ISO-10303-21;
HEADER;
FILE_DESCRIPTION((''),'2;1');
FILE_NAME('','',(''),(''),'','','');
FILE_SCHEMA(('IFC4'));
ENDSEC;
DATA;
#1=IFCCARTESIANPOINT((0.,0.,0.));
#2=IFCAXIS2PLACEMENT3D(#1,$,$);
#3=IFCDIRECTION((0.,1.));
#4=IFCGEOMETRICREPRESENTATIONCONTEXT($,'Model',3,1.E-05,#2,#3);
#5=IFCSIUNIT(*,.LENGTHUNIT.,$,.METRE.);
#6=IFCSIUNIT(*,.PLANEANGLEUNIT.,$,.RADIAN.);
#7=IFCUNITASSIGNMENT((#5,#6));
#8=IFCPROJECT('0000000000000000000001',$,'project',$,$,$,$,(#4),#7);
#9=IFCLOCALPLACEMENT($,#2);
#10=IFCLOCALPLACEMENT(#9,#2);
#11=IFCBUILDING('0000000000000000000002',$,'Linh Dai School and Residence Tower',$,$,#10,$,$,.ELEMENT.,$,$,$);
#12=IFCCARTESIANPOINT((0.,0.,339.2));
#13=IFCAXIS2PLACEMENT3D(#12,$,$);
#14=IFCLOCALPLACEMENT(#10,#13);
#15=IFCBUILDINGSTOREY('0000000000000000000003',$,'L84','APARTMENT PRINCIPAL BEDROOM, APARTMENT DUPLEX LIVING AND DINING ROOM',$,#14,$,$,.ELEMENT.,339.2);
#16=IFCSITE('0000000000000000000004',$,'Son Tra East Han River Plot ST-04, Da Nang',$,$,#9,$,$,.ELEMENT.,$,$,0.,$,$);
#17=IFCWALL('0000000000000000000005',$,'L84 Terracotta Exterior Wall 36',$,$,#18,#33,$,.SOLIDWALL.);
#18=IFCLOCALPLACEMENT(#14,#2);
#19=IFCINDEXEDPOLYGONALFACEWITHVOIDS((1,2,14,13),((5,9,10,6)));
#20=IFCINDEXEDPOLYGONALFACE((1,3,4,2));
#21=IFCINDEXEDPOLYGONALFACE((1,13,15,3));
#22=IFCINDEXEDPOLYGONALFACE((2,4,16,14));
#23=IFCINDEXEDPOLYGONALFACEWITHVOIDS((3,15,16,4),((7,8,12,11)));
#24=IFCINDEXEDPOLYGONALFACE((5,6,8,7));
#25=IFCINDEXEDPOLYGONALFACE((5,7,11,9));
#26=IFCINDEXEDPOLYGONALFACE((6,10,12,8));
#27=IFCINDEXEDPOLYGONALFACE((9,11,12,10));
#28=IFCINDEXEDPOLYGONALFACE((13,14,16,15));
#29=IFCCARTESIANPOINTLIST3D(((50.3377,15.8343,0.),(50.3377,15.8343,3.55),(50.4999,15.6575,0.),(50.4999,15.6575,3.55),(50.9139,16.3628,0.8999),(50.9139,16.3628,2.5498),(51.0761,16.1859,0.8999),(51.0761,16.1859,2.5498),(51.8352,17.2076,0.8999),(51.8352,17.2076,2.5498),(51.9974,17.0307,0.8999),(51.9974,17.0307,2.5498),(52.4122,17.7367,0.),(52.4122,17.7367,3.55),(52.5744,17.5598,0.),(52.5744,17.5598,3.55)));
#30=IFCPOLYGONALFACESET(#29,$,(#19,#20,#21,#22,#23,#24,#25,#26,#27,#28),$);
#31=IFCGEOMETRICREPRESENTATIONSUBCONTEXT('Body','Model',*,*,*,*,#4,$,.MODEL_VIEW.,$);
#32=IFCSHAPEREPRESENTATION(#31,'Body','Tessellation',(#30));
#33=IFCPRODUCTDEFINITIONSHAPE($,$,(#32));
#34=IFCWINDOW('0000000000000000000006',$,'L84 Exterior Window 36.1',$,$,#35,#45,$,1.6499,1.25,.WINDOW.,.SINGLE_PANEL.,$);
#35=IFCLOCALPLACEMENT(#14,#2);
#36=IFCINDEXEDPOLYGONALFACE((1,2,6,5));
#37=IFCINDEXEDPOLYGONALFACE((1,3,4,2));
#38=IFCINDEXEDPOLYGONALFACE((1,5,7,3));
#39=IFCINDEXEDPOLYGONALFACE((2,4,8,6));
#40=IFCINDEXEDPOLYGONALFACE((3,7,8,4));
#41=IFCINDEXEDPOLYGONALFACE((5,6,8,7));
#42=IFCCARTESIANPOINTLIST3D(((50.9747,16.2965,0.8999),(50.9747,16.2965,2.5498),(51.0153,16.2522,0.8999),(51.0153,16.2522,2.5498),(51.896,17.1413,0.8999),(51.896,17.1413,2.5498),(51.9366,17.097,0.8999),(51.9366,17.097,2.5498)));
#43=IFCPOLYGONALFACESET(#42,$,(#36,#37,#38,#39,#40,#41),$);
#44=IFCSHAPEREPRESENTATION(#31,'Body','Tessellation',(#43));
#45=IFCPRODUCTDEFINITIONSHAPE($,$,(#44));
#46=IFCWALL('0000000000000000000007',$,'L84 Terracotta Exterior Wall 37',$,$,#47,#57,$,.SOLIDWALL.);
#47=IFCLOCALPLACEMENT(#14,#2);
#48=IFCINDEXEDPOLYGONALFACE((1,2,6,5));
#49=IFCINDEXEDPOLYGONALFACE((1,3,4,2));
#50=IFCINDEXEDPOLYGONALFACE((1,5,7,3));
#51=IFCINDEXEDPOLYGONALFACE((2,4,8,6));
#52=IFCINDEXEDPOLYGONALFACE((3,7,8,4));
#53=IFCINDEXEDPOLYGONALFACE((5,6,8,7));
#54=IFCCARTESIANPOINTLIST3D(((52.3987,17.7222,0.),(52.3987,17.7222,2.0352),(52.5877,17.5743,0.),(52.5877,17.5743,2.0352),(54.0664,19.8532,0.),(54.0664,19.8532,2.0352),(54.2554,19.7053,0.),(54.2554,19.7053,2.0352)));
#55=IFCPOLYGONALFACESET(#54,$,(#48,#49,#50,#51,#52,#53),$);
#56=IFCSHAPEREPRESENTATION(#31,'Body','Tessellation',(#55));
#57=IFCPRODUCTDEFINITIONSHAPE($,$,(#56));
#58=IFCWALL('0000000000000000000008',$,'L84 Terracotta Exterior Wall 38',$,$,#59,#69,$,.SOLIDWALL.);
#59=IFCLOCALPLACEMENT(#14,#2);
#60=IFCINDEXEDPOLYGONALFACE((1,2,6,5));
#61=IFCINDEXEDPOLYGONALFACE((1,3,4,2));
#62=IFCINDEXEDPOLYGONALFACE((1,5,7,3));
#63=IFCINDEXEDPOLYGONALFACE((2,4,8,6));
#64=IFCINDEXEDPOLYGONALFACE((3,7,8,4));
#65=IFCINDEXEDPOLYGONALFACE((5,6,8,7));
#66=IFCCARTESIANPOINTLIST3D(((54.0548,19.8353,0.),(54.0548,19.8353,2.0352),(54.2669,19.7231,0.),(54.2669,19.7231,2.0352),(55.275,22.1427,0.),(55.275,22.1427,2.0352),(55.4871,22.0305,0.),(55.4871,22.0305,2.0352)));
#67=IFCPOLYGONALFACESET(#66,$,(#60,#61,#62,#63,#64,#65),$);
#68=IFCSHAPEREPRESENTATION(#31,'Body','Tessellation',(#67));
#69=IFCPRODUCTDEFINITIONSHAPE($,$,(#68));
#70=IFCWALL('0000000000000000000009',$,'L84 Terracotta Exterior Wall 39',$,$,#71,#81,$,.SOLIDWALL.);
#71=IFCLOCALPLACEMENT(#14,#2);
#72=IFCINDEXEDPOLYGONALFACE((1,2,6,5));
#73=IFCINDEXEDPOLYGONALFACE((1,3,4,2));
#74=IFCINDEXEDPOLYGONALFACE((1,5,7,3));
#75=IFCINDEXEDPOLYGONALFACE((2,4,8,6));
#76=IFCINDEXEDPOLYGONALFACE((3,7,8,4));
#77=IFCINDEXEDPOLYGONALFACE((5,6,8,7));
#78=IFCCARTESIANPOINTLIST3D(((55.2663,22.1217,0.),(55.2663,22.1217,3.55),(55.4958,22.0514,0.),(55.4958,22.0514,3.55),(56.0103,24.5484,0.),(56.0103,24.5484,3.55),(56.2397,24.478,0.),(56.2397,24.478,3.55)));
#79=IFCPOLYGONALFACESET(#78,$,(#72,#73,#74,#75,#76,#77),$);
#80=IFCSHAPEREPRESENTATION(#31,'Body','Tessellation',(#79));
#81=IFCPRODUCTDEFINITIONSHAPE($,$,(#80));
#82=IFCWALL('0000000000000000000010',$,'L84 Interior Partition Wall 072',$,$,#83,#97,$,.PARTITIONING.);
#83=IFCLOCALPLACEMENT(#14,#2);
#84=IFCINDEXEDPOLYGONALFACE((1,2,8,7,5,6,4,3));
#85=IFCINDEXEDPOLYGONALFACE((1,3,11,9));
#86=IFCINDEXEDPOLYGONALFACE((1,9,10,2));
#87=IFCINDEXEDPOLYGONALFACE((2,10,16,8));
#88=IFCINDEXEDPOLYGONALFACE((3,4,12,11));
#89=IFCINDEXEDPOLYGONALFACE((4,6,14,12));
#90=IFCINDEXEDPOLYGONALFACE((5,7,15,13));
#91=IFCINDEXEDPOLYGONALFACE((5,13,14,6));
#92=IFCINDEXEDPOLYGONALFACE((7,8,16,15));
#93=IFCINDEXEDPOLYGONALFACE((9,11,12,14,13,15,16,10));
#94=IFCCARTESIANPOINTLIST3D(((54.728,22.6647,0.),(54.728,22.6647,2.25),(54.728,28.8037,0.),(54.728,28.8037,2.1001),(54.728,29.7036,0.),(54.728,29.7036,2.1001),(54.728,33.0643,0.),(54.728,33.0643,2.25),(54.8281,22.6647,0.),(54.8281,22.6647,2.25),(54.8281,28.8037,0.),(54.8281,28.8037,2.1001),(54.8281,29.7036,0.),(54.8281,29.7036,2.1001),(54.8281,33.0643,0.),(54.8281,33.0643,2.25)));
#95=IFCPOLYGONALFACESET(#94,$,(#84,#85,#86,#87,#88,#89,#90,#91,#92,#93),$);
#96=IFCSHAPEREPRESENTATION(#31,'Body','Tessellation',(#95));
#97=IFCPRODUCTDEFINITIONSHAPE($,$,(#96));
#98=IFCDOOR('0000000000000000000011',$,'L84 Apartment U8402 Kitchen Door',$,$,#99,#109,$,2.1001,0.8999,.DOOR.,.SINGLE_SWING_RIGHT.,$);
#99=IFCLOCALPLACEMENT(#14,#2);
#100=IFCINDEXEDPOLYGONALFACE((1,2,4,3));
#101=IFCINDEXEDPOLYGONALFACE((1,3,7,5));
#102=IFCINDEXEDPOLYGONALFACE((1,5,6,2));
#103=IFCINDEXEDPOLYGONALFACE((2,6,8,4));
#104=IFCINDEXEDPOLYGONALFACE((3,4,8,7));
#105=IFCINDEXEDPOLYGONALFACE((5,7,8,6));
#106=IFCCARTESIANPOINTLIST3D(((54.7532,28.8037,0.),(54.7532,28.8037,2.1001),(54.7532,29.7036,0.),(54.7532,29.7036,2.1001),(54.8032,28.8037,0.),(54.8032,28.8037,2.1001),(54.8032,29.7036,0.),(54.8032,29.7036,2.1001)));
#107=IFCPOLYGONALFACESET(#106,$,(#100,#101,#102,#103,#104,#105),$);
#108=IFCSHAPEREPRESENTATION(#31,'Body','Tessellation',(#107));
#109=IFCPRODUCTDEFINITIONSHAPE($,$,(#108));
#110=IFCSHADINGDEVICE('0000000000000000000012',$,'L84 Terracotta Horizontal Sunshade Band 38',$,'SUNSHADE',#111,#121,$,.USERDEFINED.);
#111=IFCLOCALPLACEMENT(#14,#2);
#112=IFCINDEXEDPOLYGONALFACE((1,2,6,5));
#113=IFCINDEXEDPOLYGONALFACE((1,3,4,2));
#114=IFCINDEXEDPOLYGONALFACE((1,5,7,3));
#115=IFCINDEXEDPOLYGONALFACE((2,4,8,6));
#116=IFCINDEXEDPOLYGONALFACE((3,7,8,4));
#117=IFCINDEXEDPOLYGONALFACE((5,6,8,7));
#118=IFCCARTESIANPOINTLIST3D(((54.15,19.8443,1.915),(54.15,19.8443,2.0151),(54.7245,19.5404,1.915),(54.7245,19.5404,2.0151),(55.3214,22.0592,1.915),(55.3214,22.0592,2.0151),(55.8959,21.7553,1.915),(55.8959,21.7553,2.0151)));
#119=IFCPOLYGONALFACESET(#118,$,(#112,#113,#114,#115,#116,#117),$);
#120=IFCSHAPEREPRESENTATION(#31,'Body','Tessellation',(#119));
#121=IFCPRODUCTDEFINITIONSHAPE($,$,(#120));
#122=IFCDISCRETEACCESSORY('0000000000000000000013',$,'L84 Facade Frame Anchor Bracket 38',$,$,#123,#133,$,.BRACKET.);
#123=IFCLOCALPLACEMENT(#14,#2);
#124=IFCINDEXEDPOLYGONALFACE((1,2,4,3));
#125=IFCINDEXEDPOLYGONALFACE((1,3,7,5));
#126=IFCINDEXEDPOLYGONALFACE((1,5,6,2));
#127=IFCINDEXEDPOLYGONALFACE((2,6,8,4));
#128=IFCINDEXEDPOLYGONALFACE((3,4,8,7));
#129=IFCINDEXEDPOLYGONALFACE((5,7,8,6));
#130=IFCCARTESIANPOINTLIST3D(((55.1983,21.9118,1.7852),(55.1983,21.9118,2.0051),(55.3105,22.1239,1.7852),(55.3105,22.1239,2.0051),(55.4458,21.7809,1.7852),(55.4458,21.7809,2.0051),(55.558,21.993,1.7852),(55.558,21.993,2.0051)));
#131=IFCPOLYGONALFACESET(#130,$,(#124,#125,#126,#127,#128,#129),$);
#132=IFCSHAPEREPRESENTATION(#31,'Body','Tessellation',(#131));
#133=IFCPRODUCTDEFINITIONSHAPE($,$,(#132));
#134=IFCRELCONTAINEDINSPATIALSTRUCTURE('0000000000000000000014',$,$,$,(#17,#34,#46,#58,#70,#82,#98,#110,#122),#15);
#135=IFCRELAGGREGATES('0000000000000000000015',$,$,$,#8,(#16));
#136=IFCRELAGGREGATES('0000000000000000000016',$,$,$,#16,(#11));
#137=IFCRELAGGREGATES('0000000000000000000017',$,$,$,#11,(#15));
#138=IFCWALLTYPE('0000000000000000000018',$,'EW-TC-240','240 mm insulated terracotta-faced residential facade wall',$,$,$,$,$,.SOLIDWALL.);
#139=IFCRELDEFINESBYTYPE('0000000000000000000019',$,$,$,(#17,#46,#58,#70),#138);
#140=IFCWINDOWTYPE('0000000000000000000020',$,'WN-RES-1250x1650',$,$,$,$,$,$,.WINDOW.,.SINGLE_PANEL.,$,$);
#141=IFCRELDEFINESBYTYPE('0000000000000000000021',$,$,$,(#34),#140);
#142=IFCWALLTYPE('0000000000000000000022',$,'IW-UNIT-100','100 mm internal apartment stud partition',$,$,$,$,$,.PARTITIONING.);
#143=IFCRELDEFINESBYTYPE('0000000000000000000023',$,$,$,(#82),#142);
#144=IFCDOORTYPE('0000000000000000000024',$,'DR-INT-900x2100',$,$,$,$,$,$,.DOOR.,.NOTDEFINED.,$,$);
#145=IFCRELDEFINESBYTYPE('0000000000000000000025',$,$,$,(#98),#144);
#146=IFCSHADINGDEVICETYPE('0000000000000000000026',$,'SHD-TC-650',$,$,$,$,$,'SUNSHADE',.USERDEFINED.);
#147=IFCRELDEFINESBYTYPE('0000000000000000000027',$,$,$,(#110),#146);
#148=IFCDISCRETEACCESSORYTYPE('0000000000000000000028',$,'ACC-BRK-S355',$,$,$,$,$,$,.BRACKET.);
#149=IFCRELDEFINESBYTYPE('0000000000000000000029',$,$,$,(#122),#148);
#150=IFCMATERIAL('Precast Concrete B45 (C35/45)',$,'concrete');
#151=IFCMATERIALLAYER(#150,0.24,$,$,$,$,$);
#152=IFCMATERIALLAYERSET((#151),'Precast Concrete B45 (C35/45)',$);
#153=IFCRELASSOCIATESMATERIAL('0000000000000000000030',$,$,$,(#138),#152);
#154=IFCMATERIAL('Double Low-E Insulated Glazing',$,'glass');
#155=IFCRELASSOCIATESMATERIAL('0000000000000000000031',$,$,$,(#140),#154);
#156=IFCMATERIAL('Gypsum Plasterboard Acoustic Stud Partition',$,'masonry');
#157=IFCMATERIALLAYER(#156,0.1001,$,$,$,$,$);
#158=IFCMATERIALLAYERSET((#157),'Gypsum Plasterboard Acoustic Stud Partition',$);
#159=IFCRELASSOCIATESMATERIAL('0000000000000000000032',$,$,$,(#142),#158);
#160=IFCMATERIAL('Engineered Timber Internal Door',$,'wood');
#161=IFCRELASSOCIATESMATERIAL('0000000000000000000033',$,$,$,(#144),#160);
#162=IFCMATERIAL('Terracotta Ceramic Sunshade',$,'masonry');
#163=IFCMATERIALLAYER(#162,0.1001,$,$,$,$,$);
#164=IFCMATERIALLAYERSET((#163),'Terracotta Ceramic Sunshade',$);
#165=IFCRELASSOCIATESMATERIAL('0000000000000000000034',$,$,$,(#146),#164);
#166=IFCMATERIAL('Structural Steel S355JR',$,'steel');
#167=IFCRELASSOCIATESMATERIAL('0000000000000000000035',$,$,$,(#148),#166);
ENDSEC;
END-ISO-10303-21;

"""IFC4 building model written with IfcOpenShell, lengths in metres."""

from ifc_helpers import new_model, si_unit, direction, frame, frame_2d, origin, origin_2d, place, context, subcontext, project, spatial, rectangle, extrude, source, transform, mapped, material, layer, layer_set, type_object, element, fill, save


model = new_model("IFC4")

# Units and contexts
model_context = context("Model", 3, precision=1e-05, world=origin(), true_north=direction((0.0, 1.0)))
body_context = subcontext(model_context, "Body", "Model", "MODEL_VIEW")
ifc_project = project(units=[si_unit("LENGTHUNIT", "METRE"), si_unit("PLANEANGLEUNIT", "RADIAN")], contexts=[model_context])

# Site, building, storey
site_placement = place(None, origin())
site = spatial("IfcSite", under=ifc_project, at=site_placement, Name="Son Tra East Han River Plot ST-04, Da Nang", CompositionType="ELEMENT", RefElevation=0.0)
building_placement = place(site_placement, origin())
building = spatial("IfcBuilding", under=site, at=building_placement, Name="Linh Dai School and Residence Tower", CompositionType="ELEMENT")
storey_placement = place(building_placement, frame((0.0, 0.0, 339.2)))
storey = spatial("IfcBuildingStorey", under=building, at=storey_placement, Name="L84", Description="APARTMENT PRINCIPAL BEDROOM, APARTMENT DUPLEX LIVING AND DINING ROOM", CompositionType="ELEMENT", Elevation=339.2)

# Shared definitions
ifc_material_1 = material(Name="Structural Steel S355JR", Category="steel")

# Shared definitions
ifc_material_2 = material(Name="Precast Concrete B45 (C35/45)", Category="concrete")

# Wall, opening, window
ifc_layer_1 = layer(ifc_material_2, 0.24)
ifc_layer_set_1 = layer_set([ifc_layer_1], Name="Precast Concrete B45 (C35/45)")
wall_type_1 = type_object("IfcWallType", Name="EW-TC-240", Description="240 mm insulated terracotta-faced residential facade wall", PredefinedType="SOLIDWALL", material=ifc_layer_set_1)
ifc_material_3 = material(Name="Double Low-E Insulated Glazing", Category="glass")
window_type = type_object("IfcWindowType", Name="WN-RES-1250x1650", PartitioningType="SINGLE_PANEL", PredefinedType="WINDOW", material=ifc_material_3)
shared_shape_1 = source(origin(), body_context, "Body", "SweptSolid", [
    extrude(rectangle(XDim=1.25, YDim=1.6499, at=origin_2d()), frame((0.625, 0.03, 0.825), z_axis=(0.0, -1.0, 0.0), x_axis=(1.0, 0.0, 0.0)), (0.0, 0.0, 1.0), 0.0601),
])
wall_1_placement = place(storey_placement, frame((52.4932, 17.6482, 0.0), z_axis=(0.0, 0.0, 1.0), x_axis=(-0.737021, -0.67587, 0.0)))
wall_1 = element("IfcWall", 1, at=wall_1_placement, inside=storey, type_object=wall_type_1, Name="L84 Terracotta Exterior Wall 36", PredefinedType="SOLIDWALL", context=body_context, shape_type="SweptSolid", body=[
    extrude(rectangle(XDim=2.8147, YDim=0.24, at=frame_2d((1.4072, 0.0))), origin(), (0.0, 0.0, 1.0), 3.55),
])
opening_1_placement = place(wall_1_placement, frame((0.7827, 0.0, 0.8999)))
opening_1 = element("IfcOpeningElement", 2, at=opening_1_placement, cuts=wall_1, PredefinedType="OPENING", context=body_context, shape_type="SweptSolid", body=[
    extrude(rectangle(XDim=1.25, YDim=1.6499, at=origin_2d()), frame((0.625, 0.1299, 0.825), z_axis=(0.0, -1.0, 0.0), x_axis=(1.0, 0.0, 0.0)), (0.0, 0.0, 1.0), 0.26),
])
window_1_placement = place(opening_1_placement, origin())
window_1 = element("IfcWindow", 3, at=window_1_placement, inside=storey, type_object=window_type, Name="L84 Exterior Window 36.1", OverallHeight=1.6499, OverallWidth=1.25, PartitioningType="SINGLE_PANEL", PredefinedType="WINDOW", context=body_context, shape_type="MappedRepresentation", body=[
    mapped(shared_shape_1, transform((0.0, 0.0, 0.0), x_axis=(1.0, 0.0, 0.0), y_axis=(0.0, 1.0, 0.0), z_axis=(0.0, 0.0, 1.0), scale=1.0)),
])
fill(opening_1, window_1)

# Walls
wall_2_placement = place(storey_placement, frame((54.1609, 19.7793, 0.0), z_axis=(0.0, 0.0, 1.0), x_axis=(-0.616286, -0.787522, 0.0)))
element("IfcWall", 4, at=wall_2_placement, inside=storey, type_object=wall_type_1, Name="L84 Terracotta Exterior Wall 37", PredefinedType="SOLIDWALL", context=body_context, shape_type="SweptSolid", body=[
    extrude(rectangle(XDim=2.7061, YDim=0.24, at=frame_2d((1.353, 0.0))), origin(), (0.0, 0.0, 1.0), 2.0352),
])
wall_3_placement = place(storey_placement, frame((55.3811, 22.0867, 0.0), z_axis=(0.0, 0.0, 1.0), x_axis=(-0.467488, -0.883999, 0.0)))
element("IfcWall", 5, at=wall_3_placement, inside=storey, type_object=wall_type_1, Name="L84 Terracotta Exterior Wall 38", PredefinedType="SOLIDWALL", context=body_context, shape_type="SweptSolid", body=[
    extrude(rectangle(XDim=2.6101, YDim=0.24, at=frame_2d((1.3052, 0.0))), origin(), (0.0, 0.0, 1.0), 2.0352),
])
wall_4_placement = place(storey_placement, frame((56.125, 24.5132, 0.0), z_axis=(0.0, 0.0, 1.0), x_axis=(-0.293106, -0.95608, 0.0)))
element("IfcWall", 6, at=wall_4_placement, inside=storey, type_object=wall_type_1, Name="L84 Terracotta Exterior Wall 39", PredefinedType="SOLIDWALL", context=body_context, shape_type="SweptSolid", body=[
    extrude(rectangle(XDim=2.5381, YDim=0.24, at=frame_2d((1.269, 0.0))), origin(), (0.0, 0.0, 1.0), 3.55),
])

# Wall, opening, door
ifc_material_4 = material(Name="Gypsum Plasterboard Acoustic Stud Partition", Category="masonry")
ifc_layer_2 = layer(ifc_material_4, 0.1001)
ifc_layer_set_2 = layer_set([ifc_layer_2], Name="Gypsum Plasterboard Acoustic Stud Partition")
wall_type_2 = type_object("IfcWallType", Name="IW-UNIT-100", Description="100 mm internal apartment stud partition", PredefinedType="PARTITIONING", material=ifc_layer_set_2)
wall_5_placement = place(storey_placement, frame((54.7781, 22.6648, 0.0), z_axis=(0.0, 0.0, 1.0), x_axis=(0.0, 1.0, 0.0)))
wall_5 = element("IfcWall", 7, at=wall_5_placement, inside=storey, type_object=wall_type_2, Name="L84 Interior Partition Wall 072", PredefinedType="PARTITIONING", context=body_context, shape_type="SweptSolid", body=[
    extrude(rectangle(XDim=10.3997, YDim=0.1001, at=frame_2d((5.1997, 0.0))), origin(), (0.0, 0.0, 1.0), 2.25),
])
opening_2_placement = place(wall_5_placement, frame((6.1389, 0.0, 0.0)))
opening_2 = element("IfcOpeningElement", 8, at=opening_2_placement, cuts=wall_5, PredefinedType="OPENING", context=body_context, shape_type="SweptSolid", body=[
    extrude(rectangle(XDim=0.8999, YDim=2.1001, at=origin_2d()), frame((0.45, 0.0601, 1.05), z_axis=(0.0, -1.0, 0.0), x_axis=(1.0, 0.0, 0.0)), (0.0, 0.0, 1.0), 0.1201),
])
ifc_material_5 = material(Name="Engineered Timber Internal Door", Category="wood")
door_type = type_object("IfcDoorType", Name="DR-INT-900x2100", OperationType="NOTDEFINED", PredefinedType="DOOR", material=ifc_material_5)
shared_shape_2 = source(origin(), body_context, "Body", "SweptSolid", [
    extrude(rectangle(XDim=0.8999, YDim=2.1001, at=origin_2d()), frame((0.45, 0.0249, 1.05), z_axis=(0.0, -1.0, 0.0), x_axis=(1.0, 0.0, 0.0)), (0.0, 0.0, 1.0), 0.05),
])
door_placement = place(opening_2_placement, origin())
door = element("IfcDoor", 9, at=door_placement, inside=storey, type_object=door_type, Name="L84 Apartment U8402 Kitchen Door", OperationType="SINGLE_SWING_RIGHT", OverallHeight=2.1001, OverallWidth=0.8999, PredefinedType="DOOR", context=body_context, shape_type="MappedRepresentation", body=[
    mapped(shared_shape_2, transform((0.0, 0.0, 0.0), x_axis=(1.0, 0.0, 0.0), y_axis=(0.0, 1.0, 0.0), z_axis=(0.0, 0.0, 1.0), scale=1.0)),
])
fill(opening_2, door)

# Shading device
ifc_material_6 = material(Name="Terracotta Ceramic Sunshade", Category="masonry")
ifc_layer_3 = layer(ifc_material_6, 0.1001)
ifc_layer_set_3 = layer_set([ifc_layer_3], Name="Terracotta Ceramic Sunshade")
shading_device_type = type_object("IfcShadingDeviceType", Name="SHD-TC-650", ElementType="SUNSHADE", PredefinedType="USERDEFINED", material=ifc_layer_set_3)
shared_shape_3 = source(origin(), body_context, "Body", "SweptSolid", [
    extrude(rectangle(XDim=2.5056, YDim=0.6499, at=origin_2d()), origin(), (0.0, 0.0, 1.0), 0.1001),
])
shading_device_placement = place(storey_placement, frame((55.0229, 20.7998, 1.915), z_axis=(0.0, 0.0, 1.0), x_axis=(-0.46754, -0.883972, 0.0)))
element("IfcShadingDevice", 10, at=shading_device_placement, inside=storey, type_object=shading_device_type, Name="L84 Terracotta Horizontal Sunshade Band 38", ObjectType="SUNSHADE", PredefinedType="USERDEFINED", context=body_context, shape_type="MappedRepresentation", body=[
    mapped(shared_shape_3, transform((0.0, 0.0, 0.0), x_axis=(1.0, 0.0, 0.0), y_axis=(0.0, 1.0, 0.0), z_axis=(0.0, 0.0, 1.0), scale=1.0)),
])

# Discrete accessory
discrete_accessory_type = type_object("IfcDiscreteAccessoryType", Name="ACC-BRK-S355", PredefinedType="BRACKET", material=ifc_material_1)
shared_shape_4 = source(origin(), body_context, "Body", "SweptSolid", [
    extrude(rectangle(XDim=0.28, YDim=0.24, at=origin_2d()), origin(), (0.0, 0.0, 1.0), 0.22),
])
discrete_accessory_placement = place(storey_placement, frame((55.3782, 21.9524, 1.7852), z_axis=(0.0, 0.0, 1.0), x_axis=(0.883972, -0.46754, 0.0)))
element("IfcDiscreteAccessory", 11, at=discrete_accessory_placement, inside=storey, type_object=discrete_accessory_type, Name="L84 Facade Frame Anchor Bracket 38", PredefinedType="BRACKET", context=body_context, shape_type="MappedRepresentation", body=[
    mapped(shared_shape_4, transform((0.0, 0.0, 0.0), x_axis=(1.0, 0.0, 0.0), y_axis=(0.0, 1.0, 0.0), z_axis=(0.0, 0.0, 1.0), scale=1.0)),
])

save(model, "model.ifc")
